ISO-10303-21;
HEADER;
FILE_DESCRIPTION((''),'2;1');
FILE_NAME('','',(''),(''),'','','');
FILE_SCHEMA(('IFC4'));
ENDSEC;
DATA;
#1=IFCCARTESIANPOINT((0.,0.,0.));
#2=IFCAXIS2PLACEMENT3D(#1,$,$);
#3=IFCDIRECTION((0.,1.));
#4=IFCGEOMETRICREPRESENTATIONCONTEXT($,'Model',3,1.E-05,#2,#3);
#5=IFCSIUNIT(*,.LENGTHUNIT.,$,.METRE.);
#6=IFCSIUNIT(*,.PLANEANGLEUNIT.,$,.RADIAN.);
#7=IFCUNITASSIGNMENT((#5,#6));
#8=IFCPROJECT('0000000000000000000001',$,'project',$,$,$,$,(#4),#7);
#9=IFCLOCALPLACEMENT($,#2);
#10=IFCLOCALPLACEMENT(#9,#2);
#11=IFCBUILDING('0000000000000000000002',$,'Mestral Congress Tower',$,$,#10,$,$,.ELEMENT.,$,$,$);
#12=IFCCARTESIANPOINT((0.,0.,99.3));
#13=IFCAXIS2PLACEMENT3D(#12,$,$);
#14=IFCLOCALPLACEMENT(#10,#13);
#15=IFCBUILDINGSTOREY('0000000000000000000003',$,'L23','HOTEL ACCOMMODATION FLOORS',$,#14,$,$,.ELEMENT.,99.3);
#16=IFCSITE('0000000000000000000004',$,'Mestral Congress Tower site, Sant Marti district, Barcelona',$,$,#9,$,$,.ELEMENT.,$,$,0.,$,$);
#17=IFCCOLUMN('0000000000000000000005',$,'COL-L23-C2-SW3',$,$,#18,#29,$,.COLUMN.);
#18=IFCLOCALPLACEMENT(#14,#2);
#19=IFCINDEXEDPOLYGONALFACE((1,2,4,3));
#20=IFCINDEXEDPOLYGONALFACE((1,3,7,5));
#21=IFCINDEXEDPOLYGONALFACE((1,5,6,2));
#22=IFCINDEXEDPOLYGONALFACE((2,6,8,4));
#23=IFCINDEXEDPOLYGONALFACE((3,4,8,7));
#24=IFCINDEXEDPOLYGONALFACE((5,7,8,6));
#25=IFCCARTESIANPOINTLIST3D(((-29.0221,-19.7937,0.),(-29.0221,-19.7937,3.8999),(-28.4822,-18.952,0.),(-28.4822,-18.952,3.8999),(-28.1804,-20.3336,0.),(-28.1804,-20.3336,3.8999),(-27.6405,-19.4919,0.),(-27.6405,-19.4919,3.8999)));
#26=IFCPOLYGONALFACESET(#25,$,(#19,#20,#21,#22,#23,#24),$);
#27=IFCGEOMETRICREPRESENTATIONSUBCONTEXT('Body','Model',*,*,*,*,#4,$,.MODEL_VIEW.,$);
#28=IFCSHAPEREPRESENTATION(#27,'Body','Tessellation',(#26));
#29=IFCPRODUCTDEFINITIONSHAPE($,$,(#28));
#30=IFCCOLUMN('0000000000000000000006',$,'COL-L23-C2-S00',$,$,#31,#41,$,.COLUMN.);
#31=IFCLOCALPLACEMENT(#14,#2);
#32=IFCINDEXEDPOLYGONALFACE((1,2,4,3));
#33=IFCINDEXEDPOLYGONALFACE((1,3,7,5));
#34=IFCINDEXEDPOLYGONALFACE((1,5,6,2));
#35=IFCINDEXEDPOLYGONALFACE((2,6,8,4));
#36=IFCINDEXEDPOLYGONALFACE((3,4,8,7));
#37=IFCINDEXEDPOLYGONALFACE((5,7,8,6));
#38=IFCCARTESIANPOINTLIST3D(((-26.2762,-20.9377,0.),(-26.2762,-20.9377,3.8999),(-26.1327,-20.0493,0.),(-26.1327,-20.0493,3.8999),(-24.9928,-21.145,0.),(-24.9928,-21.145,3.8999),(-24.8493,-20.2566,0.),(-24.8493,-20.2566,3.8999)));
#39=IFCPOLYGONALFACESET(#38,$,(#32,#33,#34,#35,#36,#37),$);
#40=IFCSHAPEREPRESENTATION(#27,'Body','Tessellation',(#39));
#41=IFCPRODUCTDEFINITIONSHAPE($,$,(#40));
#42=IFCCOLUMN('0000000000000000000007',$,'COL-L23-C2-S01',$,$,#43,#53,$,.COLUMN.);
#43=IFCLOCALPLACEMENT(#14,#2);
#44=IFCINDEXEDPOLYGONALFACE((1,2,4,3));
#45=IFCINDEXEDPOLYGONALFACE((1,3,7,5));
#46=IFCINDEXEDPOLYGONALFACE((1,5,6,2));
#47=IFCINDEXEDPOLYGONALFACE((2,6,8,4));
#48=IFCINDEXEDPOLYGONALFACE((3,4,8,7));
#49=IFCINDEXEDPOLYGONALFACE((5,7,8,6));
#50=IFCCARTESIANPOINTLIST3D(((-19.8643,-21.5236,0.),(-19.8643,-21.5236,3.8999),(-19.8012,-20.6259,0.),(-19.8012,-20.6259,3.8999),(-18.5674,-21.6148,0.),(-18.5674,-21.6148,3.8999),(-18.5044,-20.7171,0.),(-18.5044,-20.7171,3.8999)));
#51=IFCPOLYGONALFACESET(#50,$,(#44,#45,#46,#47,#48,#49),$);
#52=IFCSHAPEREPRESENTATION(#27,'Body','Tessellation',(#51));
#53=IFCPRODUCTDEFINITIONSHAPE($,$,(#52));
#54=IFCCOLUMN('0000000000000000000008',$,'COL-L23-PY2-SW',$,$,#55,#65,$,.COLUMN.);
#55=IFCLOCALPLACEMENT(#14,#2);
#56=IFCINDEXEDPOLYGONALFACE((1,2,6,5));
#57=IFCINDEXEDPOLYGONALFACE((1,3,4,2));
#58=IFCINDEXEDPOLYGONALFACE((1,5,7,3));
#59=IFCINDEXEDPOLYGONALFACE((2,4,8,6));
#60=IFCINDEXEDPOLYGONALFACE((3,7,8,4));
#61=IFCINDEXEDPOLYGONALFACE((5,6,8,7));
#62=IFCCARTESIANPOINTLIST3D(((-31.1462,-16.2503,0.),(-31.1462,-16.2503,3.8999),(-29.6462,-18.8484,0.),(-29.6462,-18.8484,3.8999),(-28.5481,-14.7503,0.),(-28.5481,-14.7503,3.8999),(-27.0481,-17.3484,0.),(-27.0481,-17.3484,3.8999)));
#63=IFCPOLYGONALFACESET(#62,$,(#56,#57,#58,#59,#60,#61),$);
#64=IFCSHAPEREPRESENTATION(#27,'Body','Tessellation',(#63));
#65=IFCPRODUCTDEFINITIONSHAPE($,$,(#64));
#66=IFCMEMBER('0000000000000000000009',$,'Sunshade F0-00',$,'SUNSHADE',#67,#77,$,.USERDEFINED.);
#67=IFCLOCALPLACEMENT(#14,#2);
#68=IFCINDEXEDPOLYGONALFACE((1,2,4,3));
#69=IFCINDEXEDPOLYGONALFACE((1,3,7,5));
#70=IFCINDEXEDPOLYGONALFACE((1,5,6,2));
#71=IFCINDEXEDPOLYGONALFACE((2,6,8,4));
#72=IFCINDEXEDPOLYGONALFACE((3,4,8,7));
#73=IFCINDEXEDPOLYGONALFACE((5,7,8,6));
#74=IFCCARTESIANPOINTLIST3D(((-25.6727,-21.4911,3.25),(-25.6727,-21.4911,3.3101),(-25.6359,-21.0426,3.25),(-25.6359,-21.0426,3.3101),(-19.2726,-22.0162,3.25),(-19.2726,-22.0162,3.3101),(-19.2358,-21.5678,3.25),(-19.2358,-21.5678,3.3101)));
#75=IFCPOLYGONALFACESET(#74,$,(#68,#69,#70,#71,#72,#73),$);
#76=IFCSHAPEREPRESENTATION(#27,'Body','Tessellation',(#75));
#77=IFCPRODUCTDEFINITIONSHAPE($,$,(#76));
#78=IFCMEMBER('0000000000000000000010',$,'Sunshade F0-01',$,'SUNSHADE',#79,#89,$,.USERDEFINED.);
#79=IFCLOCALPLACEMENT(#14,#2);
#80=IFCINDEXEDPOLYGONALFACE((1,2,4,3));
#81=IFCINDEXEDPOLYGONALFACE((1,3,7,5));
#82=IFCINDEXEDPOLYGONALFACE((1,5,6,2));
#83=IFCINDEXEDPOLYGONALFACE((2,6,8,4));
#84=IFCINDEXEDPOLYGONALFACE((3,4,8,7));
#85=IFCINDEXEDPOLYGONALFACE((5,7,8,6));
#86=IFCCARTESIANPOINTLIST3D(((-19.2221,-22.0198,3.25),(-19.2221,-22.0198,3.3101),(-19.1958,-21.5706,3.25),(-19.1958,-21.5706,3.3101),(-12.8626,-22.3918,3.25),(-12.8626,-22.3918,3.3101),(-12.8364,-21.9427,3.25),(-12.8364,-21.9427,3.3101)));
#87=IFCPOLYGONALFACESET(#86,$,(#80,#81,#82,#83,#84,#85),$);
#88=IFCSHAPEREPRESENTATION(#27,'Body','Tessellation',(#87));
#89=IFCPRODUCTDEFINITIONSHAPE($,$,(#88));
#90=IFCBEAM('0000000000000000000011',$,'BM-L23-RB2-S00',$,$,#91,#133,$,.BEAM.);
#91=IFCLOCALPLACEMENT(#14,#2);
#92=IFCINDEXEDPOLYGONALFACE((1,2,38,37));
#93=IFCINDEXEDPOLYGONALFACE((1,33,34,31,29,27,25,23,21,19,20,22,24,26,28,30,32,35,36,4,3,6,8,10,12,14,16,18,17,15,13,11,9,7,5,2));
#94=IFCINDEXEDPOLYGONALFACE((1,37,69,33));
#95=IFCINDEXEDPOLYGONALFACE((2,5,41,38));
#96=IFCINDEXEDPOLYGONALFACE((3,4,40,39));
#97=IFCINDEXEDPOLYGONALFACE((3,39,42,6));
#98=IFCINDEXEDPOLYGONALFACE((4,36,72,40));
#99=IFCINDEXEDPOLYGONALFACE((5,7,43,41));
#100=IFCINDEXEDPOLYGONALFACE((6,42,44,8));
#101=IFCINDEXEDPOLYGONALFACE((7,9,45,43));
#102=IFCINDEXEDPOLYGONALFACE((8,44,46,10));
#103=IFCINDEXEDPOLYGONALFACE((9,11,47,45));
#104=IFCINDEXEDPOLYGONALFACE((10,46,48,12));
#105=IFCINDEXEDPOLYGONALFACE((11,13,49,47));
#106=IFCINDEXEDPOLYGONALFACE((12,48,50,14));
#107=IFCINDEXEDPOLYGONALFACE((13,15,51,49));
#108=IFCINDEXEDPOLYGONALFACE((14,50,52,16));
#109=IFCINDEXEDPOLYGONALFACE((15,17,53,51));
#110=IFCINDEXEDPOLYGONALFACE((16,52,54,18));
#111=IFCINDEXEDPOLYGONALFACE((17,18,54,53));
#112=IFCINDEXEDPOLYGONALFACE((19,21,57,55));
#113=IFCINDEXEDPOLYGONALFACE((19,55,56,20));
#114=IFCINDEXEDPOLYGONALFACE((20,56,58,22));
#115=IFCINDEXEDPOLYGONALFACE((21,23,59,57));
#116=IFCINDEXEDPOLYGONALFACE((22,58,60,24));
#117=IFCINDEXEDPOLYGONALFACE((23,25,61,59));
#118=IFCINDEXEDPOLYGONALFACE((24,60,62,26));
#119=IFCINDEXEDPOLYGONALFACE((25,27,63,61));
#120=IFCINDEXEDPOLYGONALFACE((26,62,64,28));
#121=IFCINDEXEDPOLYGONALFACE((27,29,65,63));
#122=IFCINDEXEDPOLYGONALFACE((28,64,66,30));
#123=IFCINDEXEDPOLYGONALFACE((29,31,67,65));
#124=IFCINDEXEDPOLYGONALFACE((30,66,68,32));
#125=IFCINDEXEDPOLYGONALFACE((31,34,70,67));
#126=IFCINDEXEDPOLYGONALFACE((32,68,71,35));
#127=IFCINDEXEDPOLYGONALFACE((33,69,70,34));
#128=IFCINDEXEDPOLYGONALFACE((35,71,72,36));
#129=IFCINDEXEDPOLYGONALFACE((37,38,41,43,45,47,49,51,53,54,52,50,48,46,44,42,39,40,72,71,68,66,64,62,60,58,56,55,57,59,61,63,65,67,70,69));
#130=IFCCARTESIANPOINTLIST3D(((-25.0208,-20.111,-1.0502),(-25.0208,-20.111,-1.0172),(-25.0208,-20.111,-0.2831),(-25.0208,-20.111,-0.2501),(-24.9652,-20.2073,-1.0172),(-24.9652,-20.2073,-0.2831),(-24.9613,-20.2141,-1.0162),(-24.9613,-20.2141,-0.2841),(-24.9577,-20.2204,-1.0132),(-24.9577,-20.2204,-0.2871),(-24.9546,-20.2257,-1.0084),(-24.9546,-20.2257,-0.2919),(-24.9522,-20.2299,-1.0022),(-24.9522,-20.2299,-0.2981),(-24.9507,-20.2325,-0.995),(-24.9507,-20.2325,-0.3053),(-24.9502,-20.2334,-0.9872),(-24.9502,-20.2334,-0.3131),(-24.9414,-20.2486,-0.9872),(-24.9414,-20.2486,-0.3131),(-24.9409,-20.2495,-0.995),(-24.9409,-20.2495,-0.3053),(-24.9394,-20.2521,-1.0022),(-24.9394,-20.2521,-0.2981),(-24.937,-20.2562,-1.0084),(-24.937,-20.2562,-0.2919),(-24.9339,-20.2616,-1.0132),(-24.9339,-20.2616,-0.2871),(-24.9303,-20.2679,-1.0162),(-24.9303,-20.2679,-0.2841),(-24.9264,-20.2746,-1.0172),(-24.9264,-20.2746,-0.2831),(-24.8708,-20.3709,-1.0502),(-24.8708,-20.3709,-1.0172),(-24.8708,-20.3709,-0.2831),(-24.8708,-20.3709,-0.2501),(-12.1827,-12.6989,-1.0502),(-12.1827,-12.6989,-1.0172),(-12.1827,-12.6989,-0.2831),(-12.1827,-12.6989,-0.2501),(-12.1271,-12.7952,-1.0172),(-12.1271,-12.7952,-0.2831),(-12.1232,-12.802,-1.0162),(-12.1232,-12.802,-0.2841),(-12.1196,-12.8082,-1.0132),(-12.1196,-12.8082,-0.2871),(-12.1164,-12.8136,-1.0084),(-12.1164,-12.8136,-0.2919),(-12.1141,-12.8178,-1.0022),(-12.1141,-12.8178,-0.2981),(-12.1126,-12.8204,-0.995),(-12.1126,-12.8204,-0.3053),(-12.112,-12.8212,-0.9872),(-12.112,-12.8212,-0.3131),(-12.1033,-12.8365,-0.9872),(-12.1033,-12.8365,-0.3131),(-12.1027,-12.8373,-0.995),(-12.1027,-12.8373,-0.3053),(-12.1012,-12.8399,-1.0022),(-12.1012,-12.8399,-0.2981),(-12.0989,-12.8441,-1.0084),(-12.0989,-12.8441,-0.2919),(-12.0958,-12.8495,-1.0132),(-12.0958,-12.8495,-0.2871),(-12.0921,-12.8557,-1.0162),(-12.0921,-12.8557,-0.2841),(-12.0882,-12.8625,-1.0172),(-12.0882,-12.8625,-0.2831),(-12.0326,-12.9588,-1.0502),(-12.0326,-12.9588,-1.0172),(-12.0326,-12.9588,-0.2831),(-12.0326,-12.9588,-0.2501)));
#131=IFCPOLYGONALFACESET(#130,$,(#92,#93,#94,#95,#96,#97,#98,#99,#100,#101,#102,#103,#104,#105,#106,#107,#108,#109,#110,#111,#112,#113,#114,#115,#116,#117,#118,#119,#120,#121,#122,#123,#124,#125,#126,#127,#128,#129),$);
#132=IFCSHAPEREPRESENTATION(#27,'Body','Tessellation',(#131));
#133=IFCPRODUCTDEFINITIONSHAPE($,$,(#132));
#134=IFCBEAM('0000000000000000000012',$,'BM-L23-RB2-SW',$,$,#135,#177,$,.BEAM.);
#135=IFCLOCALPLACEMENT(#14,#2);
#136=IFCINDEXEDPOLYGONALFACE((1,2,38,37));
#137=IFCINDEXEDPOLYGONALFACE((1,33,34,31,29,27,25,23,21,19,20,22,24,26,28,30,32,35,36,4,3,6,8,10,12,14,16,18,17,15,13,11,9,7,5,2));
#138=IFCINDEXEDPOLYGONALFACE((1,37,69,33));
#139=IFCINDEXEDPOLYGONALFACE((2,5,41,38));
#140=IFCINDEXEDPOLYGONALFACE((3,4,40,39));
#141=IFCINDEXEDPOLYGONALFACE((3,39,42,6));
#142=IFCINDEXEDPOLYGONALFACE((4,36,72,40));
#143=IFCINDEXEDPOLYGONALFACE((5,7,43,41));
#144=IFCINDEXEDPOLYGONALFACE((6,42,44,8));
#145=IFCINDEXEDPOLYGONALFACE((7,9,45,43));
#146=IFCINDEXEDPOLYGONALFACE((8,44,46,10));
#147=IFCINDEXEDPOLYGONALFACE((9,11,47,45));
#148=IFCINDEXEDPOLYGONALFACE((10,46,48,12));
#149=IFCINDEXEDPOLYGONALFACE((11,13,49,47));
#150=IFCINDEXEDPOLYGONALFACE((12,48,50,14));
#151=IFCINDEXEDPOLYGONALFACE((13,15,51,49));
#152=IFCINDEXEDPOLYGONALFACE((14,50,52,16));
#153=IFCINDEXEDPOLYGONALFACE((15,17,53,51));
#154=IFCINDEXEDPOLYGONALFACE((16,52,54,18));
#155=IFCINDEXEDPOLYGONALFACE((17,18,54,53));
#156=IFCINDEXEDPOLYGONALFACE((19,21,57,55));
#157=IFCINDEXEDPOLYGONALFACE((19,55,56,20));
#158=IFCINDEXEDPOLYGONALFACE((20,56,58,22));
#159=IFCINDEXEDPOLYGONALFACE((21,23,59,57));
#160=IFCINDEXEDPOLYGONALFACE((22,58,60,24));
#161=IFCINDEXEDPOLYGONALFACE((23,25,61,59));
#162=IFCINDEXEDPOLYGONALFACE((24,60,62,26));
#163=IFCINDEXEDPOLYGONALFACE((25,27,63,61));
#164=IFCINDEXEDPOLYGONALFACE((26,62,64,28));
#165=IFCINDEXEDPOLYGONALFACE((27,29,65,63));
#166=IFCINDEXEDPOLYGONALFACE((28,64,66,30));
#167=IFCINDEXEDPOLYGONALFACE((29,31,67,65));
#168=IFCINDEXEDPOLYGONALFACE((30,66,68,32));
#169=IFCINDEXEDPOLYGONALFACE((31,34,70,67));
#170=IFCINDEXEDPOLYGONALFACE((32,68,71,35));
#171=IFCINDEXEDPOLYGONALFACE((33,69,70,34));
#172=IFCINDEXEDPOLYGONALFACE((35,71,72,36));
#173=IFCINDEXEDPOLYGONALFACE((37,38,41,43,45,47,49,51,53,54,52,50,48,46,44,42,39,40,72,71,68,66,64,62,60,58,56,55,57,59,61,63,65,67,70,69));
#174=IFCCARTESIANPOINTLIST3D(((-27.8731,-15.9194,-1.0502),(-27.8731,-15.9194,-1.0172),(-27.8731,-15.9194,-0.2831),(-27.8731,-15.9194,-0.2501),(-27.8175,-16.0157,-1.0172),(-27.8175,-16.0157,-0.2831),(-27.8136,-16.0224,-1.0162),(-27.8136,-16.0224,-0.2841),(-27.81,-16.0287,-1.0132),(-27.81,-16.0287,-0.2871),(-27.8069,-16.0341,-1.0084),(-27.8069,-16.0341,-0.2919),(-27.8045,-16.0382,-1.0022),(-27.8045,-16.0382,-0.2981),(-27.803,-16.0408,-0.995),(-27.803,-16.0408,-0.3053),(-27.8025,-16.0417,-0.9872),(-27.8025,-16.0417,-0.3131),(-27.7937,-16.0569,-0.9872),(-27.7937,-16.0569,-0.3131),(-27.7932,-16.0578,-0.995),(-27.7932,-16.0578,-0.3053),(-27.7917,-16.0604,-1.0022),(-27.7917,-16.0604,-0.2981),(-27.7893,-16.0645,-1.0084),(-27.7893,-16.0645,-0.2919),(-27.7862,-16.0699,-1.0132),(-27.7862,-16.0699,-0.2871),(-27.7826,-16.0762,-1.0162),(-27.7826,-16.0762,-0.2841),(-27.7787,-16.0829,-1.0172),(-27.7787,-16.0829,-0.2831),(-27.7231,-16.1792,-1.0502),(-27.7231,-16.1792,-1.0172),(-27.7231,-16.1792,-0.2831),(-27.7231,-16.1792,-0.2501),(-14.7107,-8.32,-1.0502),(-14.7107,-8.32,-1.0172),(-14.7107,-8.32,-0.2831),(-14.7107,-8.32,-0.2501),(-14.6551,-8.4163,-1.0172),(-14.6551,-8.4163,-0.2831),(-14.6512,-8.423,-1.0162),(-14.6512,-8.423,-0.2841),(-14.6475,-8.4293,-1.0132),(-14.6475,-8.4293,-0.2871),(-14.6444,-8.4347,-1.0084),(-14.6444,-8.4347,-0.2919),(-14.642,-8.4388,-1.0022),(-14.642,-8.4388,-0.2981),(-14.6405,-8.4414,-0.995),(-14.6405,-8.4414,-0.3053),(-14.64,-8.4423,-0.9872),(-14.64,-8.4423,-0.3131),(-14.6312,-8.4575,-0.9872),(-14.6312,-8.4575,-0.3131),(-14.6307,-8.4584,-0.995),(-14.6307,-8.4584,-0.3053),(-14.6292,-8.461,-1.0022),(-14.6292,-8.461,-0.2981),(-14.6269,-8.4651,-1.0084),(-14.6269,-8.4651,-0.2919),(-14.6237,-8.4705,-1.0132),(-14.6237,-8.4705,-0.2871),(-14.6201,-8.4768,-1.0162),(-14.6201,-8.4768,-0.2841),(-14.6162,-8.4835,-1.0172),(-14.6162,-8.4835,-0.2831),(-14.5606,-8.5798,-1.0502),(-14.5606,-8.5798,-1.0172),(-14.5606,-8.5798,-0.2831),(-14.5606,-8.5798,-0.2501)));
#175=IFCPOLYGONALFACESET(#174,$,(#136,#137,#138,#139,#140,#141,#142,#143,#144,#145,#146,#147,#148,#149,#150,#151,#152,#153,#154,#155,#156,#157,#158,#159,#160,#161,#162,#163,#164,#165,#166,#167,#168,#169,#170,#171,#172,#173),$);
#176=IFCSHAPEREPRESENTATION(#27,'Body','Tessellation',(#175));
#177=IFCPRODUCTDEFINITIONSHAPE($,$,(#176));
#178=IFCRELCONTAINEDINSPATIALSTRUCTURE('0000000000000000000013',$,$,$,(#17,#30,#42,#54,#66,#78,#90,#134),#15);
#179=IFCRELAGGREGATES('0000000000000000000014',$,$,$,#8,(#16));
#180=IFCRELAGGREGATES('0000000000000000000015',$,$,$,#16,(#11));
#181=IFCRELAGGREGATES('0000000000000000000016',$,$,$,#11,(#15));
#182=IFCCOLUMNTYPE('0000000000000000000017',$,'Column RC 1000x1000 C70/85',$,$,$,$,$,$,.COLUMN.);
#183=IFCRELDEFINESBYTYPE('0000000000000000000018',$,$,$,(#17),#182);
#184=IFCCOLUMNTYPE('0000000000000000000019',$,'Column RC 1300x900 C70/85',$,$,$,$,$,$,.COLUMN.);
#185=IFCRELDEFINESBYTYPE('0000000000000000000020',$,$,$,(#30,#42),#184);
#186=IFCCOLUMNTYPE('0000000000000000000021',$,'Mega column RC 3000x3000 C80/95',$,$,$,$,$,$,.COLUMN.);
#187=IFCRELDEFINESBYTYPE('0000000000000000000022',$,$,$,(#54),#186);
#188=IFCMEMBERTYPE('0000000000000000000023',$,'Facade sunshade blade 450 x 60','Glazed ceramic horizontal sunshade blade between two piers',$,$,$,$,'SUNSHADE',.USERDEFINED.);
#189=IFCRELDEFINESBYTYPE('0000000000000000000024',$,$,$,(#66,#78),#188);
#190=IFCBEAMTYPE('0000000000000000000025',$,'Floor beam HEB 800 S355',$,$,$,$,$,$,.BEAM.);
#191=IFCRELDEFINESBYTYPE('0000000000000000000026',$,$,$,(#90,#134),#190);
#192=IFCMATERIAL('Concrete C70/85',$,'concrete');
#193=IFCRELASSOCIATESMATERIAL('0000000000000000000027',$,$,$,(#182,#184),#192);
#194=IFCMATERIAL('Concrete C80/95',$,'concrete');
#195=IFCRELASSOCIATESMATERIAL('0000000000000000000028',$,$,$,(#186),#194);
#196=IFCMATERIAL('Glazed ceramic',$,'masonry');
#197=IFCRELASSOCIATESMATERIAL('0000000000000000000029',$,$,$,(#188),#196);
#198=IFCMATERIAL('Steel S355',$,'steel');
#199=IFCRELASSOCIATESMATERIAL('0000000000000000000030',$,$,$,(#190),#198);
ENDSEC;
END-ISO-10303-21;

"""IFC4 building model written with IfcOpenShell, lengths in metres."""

from ifc_helpers import new_model, si_unit, direction, frame, origin, origin_2d, place, context, subcontext, project, spatial, rectangle, i_section, extrude, material, material_profile, profile_set, type_object, element, save


model = new_model("IFC4")

# Units and contexts
model_context = context("Model", 3, precision=1e-05, world=origin(), true_north=direction((0.0, 1.0)))
body_context = subcontext(model_context, "Body", "Model", "MODEL_VIEW")
ifc_project = project(units=[si_unit("LENGTHUNIT", "METRE"), si_unit("PLANEANGLEUNIT", "RADIAN")], contexts=[model_context])

# Site, building, storey
site_placement = place(None, origin())
site = spatial("IfcSite", under=ifc_project, at=site_placement, Name="Mestral Congress Tower site, Sant Marti district, Barcelona", CompositionType="ELEMENT", RefElevation=0.0)
building_placement = place(site_placement, origin())
building = spatial("IfcBuilding", under=site, at=building_placement, Name="Mestral Congress Tower", CompositionType="ELEMENT")
storey_placement = place(building_placement, frame((0.0, 0.0, 99.3)))
storey = spatial("IfcBuildingStorey", under=building, at=storey_placement, Name="L23", Description="HOTEL ACCOMMODATION FLOORS", CompositionType="ELEMENT", Elevation=99.3)

# Columns
ifc_material_1 = material(Name="Concrete C70/85", Category="concrete")
ifc_material_profile_1 = material_profile(ifc_material_1, rectangle(XDim=1.0, YDim=1.0, at=origin_2d()), Name="RC 1000x1000")
ifc_profile_set_1 = profile_set([ifc_material_profile_1], Name="Concrete C70/85")
column_type_1 = type_object("IfcColumnType", Name="Column RC 1000x1000 C70/85", PredefinedType="COLUMN", material=ifc_profile_set_1)
column_1_placement = place(storey_placement, frame((-28.3313, -19.6428, 0.0), z_axis=(0.0, 0.0, 1.0), x_axis=(0.8417, -0.539945, 0.0)))
element("IfcColumn", 1, at=column_1_placement, inside=storey, type_object=column_type_1, Name="COL-L23-C2-SW3", PredefinedType="COLUMN", context=body_context, shape_type="SweptSolid", body=[
    extrude(rectangle(XDim=1.0, YDim=1.0, at=origin_2d()), origin(), (0.0, 0.0, 1.0), 3.8999),
])
ifc_material_profile_2 = material_profile(ifc_material_1, rectangle(XDim=1.3, YDim=0.8999, at=origin_2d()), Name="RC 1300x900")
ifc_profile_set_2 = profile_set([ifc_material_profile_2], Name="Concrete C70/85")
column_type_2 = type_object("IfcColumnType", Name="Column RC 1300x900 C70/85", PredefinedType="COLUMN", material=ifc_profile_set_2)
for number, where, z_axis, x_axis, name in (
    (2, (-25.5627, -20.5972, 0.0), (0.0, 0.0, 1.0), (0.987202, -0.159473, 0.0), "COL-L23-C2-S00"),
    (3, (-19.1843, -21.1204, 0.0), (0.0, 0.0, 1.0), (0.99754, -0.070101, 0.0), "COL-L23-C2-S01"),
):
    element("IfcColumn", number, at=place(storey_placement, frame(where, z_axis=z_axis, x_axis=x_axis)), inside=storey, type_object=column_type_2, Name=name, PredefinedType="COLUMN", context=body_context, shape_type="SweptSolid", body=[
        extrude(rectangle(XDim=1.3, YDim=0.8999, at=origin_2d()), origin(), (0.0, 0.0, 1.0), 3.8999),
    ])
ifc_material_2 = material(Name="Concrete C80/95", Category="concrete")
ifc_material_profile_3 = material_profile(ifc_material_2, rectangle(XDim=3.0, YDim=3.0, at=origin_2d()), Name="RC 3000x3000")
ifc_profile_set_3 = profile_set([ifc_material_profile_3], Name="Concrete C80/95")
column_type_3 = type_object("IfcColumnType", Name="Mega column RC 3000x3000 C80/95", PredefinedType="COLUMN", material=ifc_profile_set_3)
column_2_placement = place(storey_placement, frame((-29.0972, -16.7993, 0.0), z_axis=(0.0, 0.0, 1.0), x_axis=(-0.866025, -0.5, 0.0)))
element("IfcColumn", 4, at=column_2_placement, inside=storey, type_object=column_type_3, Name="COL-L23-PY2-SW", PredefinedType="COLUMN", context=body_context, shape_type="SweptSolid", body=[
    extrude(rectangle(XDim=3.0, YDim=3.0, at=origin_2d()), origin(), (0.0, 0.0, 1.0), 3.8999),
])

# Members
ifc_material_3 = material(Name="Glazed ceramic", Category="masonry")
ifc_material_profile_4 = material_profile(ifc_material_3, rectangle(XDim=0.45, YDim=0.0601, at=origin_2d()), Name="Ceramic blade 450 x 60")
ifc_profile_set_4 = profile_set([ifc_material_profile_4], Name="Glazed ceramic")
member_type = type_object("IfcMemberType", Name="Facade sunshade blade 450 x 60", Description="Glazed ceramic horizontal sunshade blade between two piers", ElementType="SUNSHADE", PredefinedType="USERDEFINED", material=ifc_profile_set_4)
member_1_placement = place(storey_placement, frame((-25.6543, -21.2668, 3.28), z_axis=(0.996651, -0.081777, 0.0), x_axis=(0.081777, 0.996651, 0.0)))
element("IfcMember", 5, at=member_1_placement, inside=storey, type_object=member_type, Name="Sunshade F0-00", ObjectType="SUNSHADE", PredefinedType="USERDEFINED", context=body_context, shape_type="SweptSolid", body=[
    extrude(rectangle(XDim=0.45, YDim=0.0601, at=origin_2d()), origin(), (0.0, 0.0, 1.0), 6.4216),
])
member_2_placement = place(storey_placement, frame((-19.209, -21.7952, 3.28), z_axis=(0.998293, -0.058407, 0.0), x_axis=(0.058407, 0.998293, 0.0)))
element("IfcMember", 6, at=member_2_placement, inside=storey, type_object=member_type, Name="Sunshade F0-01", ObjectType="SUNSHADE", PredefinedType="USERDEFINED", context=body_context, shape_type="SweptSolid", body=[
    extrude(rectangle(XDim=0.45, YDim=0.0601, at=origin_2d()), origin(), (0.0, 0.0, 1.0), 6.3704),
])

# Beams
ifc_material_4 = material(Name="Steel S355", Category="steel")
ifc_material_profile_5 = material_profile(ifc_material_4, i_section(OverallWidth=0.3, OverallDepth=0.8, WebThickness=0.0176, FlangeThickness=0.033, FilletRadius=0.03, at=origin_2d()), Name="HEB 800")
ifc_profile_set_5 = profile_set([ifc_material_profile_5], Name="Steel S355")
beam_type_1 = type_object("IfcBeamType", Name="Floor beam HEB 800 S355", PredefinedType="BEAM", material=ifc_profile_set_5)
beam_1_placement = place(storey_placement, frame((-24.9458, -20.241, -0.6501), z_axis=(0.866025, 0.5, 0.0), x_axis=(-0.5, 0.866025, 0.0)))
element("IfcBeam", 7, at=beam_1_placement, inside=storey, type_object=beam_type_1, Name="BM-L23-RB2-S00", PredefinedType="BEAM", context=body_context, shape_type="SweptSolid", body=[
    extrude(i_section(OverallWidth=0.3, OverallDepth=0.8, WebThickness=0.0176, FlangeThickness=0.033, FilletRadius=0.03, at=origin_2d()), origin(), (0.0, 0.0, 1.0), 14.8242),
])
beam_2_placement = place(storey_placement, frame((-27.7981, -16.0493, -0.6501), z_axis=(0.866023, 0.500004, 0.0), x_axis=(-0.500004, 0.866023, 0.0)))
element("IfcBeam", 8, at=beam_2_placement, inside=storey, type_object=beam_type_1, Name="BM-L23-RB2-SW", PredefinedType="BEAM", context=body_context, shape_type="SweptSolid", body=[
    extrude(i_section(OverallWidth=0.3, OverallDepth=0.8, WebThickness=0.0176, FlangeThickness=0.033, FilletRadius=0.03, at=origin_2d()), origin(), (0.0, 0.0, 1.0), 15.1987),
])

save(model, "model.ifc")
